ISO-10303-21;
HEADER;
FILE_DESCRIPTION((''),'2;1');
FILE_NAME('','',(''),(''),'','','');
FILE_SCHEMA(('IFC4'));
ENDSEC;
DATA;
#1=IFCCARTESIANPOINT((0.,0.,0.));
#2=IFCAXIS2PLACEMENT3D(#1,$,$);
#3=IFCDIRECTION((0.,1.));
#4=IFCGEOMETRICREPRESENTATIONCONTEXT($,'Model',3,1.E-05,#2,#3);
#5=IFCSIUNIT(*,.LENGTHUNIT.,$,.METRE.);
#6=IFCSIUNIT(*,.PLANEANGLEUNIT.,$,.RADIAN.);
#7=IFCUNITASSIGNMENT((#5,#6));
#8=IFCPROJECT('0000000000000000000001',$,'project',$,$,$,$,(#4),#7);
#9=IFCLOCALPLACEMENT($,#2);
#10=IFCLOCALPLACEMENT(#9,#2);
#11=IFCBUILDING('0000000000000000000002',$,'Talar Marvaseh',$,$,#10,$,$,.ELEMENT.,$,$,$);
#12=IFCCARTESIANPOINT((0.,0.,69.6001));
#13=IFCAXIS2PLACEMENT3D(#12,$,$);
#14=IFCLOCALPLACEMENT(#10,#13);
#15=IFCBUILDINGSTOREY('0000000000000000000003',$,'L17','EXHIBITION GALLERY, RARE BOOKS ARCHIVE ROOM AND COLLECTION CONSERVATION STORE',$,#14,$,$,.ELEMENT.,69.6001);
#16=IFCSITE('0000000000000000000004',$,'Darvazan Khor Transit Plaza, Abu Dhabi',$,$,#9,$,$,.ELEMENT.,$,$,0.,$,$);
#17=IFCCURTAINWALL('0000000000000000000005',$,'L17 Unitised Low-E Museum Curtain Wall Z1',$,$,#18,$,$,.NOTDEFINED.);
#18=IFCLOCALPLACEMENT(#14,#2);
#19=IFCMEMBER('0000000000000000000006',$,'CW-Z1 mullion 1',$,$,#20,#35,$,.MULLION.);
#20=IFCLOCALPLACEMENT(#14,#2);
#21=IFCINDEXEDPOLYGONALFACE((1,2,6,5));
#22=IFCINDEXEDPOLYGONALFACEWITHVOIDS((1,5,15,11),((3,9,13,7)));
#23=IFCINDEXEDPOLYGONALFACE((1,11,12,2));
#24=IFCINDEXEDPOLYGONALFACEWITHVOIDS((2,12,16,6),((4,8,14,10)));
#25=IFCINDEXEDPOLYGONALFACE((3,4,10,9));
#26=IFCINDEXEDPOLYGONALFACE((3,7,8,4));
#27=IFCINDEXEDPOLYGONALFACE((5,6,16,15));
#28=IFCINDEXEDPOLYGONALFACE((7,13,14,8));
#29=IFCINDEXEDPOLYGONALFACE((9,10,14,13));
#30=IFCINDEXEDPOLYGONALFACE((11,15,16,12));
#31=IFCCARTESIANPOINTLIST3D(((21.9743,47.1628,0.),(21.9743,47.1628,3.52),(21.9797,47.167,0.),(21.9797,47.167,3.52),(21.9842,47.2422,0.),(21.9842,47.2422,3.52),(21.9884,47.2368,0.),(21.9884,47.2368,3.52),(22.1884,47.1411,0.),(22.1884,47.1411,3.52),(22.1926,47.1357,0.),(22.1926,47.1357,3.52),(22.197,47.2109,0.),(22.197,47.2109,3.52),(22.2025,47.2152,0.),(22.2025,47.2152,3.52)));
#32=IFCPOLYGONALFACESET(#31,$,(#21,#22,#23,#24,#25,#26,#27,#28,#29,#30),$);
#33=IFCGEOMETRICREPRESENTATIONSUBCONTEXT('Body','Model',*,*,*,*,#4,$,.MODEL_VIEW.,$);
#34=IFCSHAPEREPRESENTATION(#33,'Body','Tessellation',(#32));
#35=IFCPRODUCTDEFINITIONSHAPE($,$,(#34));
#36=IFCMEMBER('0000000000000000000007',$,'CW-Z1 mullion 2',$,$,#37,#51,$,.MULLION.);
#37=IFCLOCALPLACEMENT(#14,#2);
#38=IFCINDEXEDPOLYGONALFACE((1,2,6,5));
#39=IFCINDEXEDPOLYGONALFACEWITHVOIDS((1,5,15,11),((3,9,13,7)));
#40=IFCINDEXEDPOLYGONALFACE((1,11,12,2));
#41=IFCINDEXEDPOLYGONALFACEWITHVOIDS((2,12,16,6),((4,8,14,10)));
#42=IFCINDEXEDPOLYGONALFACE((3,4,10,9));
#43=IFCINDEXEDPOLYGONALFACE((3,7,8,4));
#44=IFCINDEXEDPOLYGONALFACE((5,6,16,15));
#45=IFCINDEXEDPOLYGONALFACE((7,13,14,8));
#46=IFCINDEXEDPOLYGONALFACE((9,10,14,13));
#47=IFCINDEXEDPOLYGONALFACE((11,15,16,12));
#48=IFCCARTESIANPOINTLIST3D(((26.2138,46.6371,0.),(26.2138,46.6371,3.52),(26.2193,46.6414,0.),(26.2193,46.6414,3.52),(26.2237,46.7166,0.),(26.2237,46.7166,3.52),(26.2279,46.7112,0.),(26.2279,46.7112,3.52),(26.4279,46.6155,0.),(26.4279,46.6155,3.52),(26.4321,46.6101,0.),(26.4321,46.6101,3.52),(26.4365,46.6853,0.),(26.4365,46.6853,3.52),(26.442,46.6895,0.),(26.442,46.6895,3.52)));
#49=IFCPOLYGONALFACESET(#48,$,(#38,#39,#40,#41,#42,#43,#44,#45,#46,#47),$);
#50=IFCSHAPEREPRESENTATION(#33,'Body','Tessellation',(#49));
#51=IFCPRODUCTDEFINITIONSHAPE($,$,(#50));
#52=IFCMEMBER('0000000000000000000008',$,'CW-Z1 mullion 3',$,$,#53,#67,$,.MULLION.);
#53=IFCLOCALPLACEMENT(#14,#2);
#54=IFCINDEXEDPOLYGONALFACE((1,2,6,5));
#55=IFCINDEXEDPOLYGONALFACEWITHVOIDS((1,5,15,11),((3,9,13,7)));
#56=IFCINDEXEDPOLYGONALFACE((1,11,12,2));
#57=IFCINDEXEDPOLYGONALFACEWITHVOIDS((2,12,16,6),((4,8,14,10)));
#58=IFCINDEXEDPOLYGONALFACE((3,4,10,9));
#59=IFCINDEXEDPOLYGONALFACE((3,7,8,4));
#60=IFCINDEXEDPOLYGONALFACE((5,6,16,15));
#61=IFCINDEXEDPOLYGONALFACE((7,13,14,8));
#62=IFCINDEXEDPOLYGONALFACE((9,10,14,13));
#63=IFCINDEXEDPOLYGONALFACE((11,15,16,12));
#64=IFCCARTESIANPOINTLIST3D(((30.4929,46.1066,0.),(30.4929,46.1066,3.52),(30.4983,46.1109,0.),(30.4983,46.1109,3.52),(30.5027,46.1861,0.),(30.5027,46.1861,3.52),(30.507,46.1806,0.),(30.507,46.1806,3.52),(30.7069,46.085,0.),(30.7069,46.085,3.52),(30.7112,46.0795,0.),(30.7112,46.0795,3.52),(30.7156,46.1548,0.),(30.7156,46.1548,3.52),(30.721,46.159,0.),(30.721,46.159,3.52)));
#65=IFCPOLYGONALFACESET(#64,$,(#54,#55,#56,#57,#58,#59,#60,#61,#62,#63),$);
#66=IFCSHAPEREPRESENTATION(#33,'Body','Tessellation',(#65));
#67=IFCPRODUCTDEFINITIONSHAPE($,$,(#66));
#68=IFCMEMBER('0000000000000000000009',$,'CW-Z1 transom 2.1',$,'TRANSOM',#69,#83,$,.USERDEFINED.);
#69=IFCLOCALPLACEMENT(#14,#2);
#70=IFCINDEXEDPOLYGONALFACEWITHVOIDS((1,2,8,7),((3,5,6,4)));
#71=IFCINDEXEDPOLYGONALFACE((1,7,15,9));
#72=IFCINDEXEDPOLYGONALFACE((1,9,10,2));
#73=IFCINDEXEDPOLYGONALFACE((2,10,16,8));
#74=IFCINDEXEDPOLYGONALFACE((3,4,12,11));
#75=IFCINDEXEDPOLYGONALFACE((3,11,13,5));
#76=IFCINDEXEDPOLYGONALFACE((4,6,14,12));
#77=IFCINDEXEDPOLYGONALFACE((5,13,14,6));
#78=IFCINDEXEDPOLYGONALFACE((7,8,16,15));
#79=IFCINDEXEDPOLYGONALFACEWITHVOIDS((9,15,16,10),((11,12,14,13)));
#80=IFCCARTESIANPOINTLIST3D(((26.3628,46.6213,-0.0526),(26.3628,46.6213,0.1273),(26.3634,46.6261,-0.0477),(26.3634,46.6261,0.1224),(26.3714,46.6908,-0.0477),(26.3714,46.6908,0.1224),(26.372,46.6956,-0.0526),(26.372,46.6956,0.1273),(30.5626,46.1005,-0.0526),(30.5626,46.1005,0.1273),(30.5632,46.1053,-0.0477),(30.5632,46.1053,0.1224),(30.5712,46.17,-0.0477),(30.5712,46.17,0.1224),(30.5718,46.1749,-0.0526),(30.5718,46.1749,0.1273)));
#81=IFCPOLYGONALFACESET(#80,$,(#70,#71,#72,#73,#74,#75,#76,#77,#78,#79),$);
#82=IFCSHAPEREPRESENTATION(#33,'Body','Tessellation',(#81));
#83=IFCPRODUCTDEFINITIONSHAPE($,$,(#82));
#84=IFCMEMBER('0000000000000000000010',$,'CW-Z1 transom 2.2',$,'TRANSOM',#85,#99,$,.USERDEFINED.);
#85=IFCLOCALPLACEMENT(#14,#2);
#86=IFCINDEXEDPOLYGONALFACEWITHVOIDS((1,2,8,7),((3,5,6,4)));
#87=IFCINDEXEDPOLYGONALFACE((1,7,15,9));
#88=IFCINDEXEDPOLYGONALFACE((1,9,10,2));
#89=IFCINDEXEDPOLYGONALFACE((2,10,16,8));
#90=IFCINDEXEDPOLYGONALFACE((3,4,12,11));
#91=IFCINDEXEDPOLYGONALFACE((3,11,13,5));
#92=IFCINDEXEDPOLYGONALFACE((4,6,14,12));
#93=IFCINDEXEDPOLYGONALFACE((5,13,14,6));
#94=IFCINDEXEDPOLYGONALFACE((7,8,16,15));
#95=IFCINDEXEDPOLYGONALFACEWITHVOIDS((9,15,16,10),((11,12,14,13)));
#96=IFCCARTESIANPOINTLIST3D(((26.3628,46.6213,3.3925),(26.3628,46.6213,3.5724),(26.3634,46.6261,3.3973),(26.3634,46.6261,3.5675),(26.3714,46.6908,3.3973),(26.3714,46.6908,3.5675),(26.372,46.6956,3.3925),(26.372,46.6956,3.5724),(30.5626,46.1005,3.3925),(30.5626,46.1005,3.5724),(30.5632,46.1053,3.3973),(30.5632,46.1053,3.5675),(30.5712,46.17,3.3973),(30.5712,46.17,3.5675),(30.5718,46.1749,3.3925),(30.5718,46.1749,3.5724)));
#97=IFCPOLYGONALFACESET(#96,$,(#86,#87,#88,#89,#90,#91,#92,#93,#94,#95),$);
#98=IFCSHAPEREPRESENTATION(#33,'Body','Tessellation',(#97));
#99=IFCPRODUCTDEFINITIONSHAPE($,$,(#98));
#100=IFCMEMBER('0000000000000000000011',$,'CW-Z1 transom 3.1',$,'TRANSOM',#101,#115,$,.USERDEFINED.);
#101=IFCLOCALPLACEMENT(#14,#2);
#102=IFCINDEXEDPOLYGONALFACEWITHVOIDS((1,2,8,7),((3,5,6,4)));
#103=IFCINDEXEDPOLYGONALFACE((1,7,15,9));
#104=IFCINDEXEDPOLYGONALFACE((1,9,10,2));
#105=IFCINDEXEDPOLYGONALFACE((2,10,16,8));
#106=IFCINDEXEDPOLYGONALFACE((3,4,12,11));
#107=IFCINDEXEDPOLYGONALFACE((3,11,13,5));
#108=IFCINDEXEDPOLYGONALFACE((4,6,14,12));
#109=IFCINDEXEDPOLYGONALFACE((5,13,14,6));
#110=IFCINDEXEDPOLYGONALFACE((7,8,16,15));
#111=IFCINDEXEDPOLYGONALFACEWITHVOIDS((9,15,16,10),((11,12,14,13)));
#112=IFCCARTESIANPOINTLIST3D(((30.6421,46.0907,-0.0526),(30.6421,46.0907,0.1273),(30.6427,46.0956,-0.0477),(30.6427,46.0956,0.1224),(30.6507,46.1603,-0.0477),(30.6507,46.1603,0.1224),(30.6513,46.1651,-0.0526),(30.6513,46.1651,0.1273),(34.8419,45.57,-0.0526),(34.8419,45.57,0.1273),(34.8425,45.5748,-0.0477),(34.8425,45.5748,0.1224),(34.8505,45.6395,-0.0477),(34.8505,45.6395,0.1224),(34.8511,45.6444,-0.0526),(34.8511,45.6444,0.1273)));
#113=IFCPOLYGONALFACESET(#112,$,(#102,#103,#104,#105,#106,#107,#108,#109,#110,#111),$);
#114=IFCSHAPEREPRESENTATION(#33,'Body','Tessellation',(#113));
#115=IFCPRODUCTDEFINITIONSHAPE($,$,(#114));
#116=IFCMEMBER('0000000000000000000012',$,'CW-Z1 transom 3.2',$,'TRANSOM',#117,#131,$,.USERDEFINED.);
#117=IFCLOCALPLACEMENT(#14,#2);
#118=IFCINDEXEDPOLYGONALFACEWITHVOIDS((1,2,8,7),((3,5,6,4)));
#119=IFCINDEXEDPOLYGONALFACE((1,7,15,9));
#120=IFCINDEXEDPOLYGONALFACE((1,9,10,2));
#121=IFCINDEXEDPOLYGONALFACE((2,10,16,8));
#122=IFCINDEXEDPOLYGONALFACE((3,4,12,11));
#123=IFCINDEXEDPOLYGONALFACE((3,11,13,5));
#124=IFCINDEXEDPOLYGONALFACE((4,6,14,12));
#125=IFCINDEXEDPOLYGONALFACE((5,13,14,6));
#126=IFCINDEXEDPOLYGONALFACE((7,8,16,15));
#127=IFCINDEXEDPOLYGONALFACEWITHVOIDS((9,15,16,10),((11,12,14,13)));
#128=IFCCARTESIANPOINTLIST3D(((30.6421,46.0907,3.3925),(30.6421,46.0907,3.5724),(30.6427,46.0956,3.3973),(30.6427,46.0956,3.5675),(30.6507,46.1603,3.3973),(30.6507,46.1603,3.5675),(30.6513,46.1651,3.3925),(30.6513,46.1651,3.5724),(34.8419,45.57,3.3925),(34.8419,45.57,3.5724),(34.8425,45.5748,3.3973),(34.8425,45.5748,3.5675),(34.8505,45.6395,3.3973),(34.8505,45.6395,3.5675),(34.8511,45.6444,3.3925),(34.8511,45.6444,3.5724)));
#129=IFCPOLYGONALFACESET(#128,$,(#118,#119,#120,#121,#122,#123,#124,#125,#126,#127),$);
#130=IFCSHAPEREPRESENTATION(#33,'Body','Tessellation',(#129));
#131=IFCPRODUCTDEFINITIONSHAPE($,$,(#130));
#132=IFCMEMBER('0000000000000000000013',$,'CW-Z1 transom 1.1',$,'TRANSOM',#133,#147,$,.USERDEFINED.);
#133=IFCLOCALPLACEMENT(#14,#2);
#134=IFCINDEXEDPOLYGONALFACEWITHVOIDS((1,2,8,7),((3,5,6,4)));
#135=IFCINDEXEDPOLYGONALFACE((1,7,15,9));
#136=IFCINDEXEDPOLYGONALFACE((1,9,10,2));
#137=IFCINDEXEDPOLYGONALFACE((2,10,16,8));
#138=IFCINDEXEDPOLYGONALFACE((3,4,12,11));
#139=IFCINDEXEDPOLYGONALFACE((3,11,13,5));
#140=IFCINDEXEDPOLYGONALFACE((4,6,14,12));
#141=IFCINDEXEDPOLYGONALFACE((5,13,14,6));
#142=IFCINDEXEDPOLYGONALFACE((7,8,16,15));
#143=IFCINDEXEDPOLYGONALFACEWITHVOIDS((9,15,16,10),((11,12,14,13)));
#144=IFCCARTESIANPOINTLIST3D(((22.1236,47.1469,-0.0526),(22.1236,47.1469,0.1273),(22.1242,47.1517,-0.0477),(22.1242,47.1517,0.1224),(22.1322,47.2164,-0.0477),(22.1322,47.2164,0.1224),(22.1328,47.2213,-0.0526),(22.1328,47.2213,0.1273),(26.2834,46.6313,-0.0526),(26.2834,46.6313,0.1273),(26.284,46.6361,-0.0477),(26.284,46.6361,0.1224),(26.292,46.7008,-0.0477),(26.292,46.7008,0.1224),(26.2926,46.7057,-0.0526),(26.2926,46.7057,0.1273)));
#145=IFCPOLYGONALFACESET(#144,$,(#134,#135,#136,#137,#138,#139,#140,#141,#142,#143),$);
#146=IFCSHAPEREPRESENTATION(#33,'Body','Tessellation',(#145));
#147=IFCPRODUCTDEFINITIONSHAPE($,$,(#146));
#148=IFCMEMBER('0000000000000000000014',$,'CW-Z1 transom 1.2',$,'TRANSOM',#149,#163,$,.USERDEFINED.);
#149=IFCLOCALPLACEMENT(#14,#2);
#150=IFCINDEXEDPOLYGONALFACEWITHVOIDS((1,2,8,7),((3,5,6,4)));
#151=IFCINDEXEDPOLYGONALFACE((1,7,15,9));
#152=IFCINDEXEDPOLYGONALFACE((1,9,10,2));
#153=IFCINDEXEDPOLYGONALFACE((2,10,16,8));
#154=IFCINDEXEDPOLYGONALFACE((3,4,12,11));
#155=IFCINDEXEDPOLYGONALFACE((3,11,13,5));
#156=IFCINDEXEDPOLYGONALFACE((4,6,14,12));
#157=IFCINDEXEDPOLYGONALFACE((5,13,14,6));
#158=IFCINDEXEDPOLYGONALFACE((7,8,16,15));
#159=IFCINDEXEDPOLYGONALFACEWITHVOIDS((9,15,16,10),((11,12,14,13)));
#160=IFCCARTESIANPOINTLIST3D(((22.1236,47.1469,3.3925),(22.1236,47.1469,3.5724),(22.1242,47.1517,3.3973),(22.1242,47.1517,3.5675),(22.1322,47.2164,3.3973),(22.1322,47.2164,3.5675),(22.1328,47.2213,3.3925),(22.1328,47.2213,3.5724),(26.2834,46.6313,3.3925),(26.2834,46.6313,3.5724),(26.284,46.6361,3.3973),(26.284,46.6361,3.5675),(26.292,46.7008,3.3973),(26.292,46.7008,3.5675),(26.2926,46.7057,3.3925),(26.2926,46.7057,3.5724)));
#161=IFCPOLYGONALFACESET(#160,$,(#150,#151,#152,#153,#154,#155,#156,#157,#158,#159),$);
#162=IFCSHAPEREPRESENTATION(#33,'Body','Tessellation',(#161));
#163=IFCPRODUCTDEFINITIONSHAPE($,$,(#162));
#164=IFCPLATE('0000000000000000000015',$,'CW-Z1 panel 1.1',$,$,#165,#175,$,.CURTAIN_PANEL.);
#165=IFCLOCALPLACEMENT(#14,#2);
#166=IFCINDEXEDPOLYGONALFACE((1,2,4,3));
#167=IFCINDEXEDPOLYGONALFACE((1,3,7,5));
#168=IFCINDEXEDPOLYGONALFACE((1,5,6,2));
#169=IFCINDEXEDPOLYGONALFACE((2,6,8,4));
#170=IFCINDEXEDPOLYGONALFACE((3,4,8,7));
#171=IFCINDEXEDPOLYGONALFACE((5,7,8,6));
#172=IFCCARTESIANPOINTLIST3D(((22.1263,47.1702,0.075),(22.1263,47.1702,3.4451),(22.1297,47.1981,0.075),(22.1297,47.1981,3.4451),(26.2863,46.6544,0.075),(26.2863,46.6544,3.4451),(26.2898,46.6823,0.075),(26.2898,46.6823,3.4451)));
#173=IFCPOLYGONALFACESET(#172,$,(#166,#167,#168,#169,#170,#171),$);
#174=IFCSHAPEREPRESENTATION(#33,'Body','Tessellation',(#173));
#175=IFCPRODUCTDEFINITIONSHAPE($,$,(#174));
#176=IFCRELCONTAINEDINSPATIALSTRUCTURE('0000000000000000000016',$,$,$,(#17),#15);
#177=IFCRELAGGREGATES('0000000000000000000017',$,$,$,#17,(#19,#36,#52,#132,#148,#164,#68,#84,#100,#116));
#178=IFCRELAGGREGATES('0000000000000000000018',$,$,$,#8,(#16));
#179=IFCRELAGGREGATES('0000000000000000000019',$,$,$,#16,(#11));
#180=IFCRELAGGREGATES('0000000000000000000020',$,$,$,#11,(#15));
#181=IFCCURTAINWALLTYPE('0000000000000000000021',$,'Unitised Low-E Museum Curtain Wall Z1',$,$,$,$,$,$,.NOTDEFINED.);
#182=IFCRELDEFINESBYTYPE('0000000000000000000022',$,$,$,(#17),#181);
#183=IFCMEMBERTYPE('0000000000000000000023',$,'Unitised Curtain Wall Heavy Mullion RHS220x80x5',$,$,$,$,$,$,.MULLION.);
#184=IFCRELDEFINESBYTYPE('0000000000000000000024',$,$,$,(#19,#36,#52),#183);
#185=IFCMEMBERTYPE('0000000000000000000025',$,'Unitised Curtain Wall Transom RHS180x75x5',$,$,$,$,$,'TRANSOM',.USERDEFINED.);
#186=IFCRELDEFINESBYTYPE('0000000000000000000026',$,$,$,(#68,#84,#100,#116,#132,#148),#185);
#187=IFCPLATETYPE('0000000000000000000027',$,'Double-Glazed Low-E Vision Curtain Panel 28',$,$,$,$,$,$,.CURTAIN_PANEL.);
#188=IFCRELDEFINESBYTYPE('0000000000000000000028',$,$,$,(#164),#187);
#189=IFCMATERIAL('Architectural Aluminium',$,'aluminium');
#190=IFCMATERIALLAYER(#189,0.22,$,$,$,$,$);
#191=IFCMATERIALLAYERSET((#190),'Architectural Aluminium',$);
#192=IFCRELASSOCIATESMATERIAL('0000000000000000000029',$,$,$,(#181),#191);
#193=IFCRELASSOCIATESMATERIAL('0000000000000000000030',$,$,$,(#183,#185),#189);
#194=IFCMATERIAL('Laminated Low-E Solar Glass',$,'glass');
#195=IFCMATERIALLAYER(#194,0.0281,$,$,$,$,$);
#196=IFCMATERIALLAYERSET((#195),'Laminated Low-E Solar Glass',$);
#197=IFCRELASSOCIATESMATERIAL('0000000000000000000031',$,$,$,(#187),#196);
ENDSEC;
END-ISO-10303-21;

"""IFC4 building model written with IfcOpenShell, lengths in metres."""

from ifc_helpers import new_model, si_unit, direction, frame, origin, origin_2d, place, context, subcontext, project, spatial, rectangle, hollow_rectangle, extrude, source, transform, mapped, material, layer, layer_set, material_profile, profile_set, type_object, type_shapes, element, aggregate, save


model = new_model("IFC4")

# Units and contexts
model_context = context("Model", 3, precision=1e-05, world=origin(), true_north=direction((0.0, 1.0)))
body_context = subcontext(model_context, "Body", "Model", "MODEL_VIEW")
ifc_project = project(units=[si_unit("LENGTHUNIT", "METRE"), si_unit("PLANEANGLEUNIT", "RADIAN")], contexts=[model_context])

# Site, building, storey
site_placement = place(None, origin())
site = spatial("IfcSite", under=ifc_project, at=site_placement, Name="Darvazan Khor Transit Plaza, Abu Dhabi", CompositionType="ELEMENT", RefElevation=0.0)
building_placement = place(site_placement, origin())
building = spatial("IfcBuilding", under=site, at=building_placement, Name="Talar Marvaseh", CompositionType="ELEMENT")
storey_placement = place(building_placement, frame((0.0, 0.0, 69.6001)))
storey = spatial("IfcBuildingStorey", under=building, at=storey_placement, Name="L17", Description="EXHIBITION GALLERY, RARE BOOKS ARCHIVE ROOM AND COLLECTION CONSERVATION STORE", CompositionType="ELEMENT", Elevation=69.6001)

# Curtain wall, members, plate
ifc_material_1 = material(Name="Architectural Aluminium", Category="aluminium")
ifc_layer_1 = layer(ifc_material_1, 0.22)
ifc_layer_set_1 = layer_set([ifc_layer_1], Name="Architectural Aluminium")
curtain_wall_type = type_object("IfcCurtainWallType", Name="Unitised Low-E Museum Curtain Wall Z1", PredefinedType="NOTDEFINED", material=ifc_layer_set_1)
curtain_wall_placement = place(storey_placement, origin())
curtain_wall = element("IfcCurtainWall", 1, at=curtain_wall_placement, inside=storey, type_object=curtain_wall_type, Name="L17 Unitised Low-E Museum Curtain Wall Z1", PredefinedType="NOTDEFINED")
ifc_material_profile_1 = material_profile(ifc_material_1, hollow_rectangle(XDim=0.0801, YDim=0.22, WallThickness=0.0049, at=origin_2d()), Name="RHS220x80x5")
ifc_profile_set_1 = profile_set([ifc_material_profile_1], Name="Architectural Aluminium")
member_type_1 = type_object("IfcMemberType", Name="Unitised Curtain Wall Heavy Mullion RHS220x80x5", PredefinedType="MULLION", material=ifc_profile_set_1)
shared_shape_1 = source(origin(), body_context, "Body", "SweptSolid", [
    extrude(hollow_rectangle(XDim=0.0801, YDim=0.22, WallThickness=0.0049, at=origin_2d()), origin(), (0.0, 0.0, 1.0), 3.52),
])
type_shapes(member_type_1, [shared_shape_1])
member_1_placement = place(storey_placement, frame((22.0884, 47.189, 0.0), z_axis=(0.0, 0.0, 1.0), x_axis=(0.123049, 0.992401, 0.0)))
member_1 = element("IfcMember", 2, at=member_1_placement, type_object=member_type_1, Name="CW-Z1 mullion 1", PredefinedType="MULLION", context=body_context, shape_type="MappedRepresentation", body=[
    mapped(shared_shape_1, transform((0.0, 0.0, 0.0), x_axis=(1.0, 0.0, 0.0), y_axis=(0.0, 1.0, 0.0), z_axis=(0.0, 0.0, 1.0), scale=1.0)),
])
member_2_placement = place(storey_placement, frame((26.3279, 46.6633, 0.0), z_axis=(0.0, 0.0, 1.0), x_axis=(0.123049, 0.992401, 0.0)))
member_2 = element("IfcMember", 3, at=member_2_placement, type_object=member_type_1, Name="CW-Z1 mullion 2", PredefinedType="MULLION", context=body_context, shape_type="MappedRepresentation", body=[
    mapped(shared_shape_1, transform((0.0, 0.0, 0.0), x_axis=(1.0, 0.0, 0.0), y_axis=(0.0, 1.0, 0.0), z_axis=(0.0, 0.0, 1.0), scale=1.0)),
])
member_3_placement = place(storey_placement, frame((30.6069, 46.1328, 0.0), z_axis=(0.0, 0.0, 1.0), x_axis=(0.123049, 0.992401, 0.0)))
member_3 = element("IfcMember", 4, at=member_3_placement, type_object=member_type_1, Name="CW-Z1 mullion 3", PredefinedType="MULLION", context=body_context, shape_type="MappedRepresentation", body=[
    mapped(shared_shape_1, transform((0.0, 0.0, 0.0), x_axis=(1.0, 0.0, 0.0), y_axis=(0.0, 1.0, 0.0), z_axis=(0.0, 0.0, 1.0), scale=1.0)),
])
ifc_material_profile_2 = material_profile(ifc_material_1, hollow_rectangle(XDim=0.075, YDim=0.1799, WallThickness=0.0049, at=origin_2d()), Name="RHS180x75x5")
ifc_profile_set_2 = profile_set([ifc_material_profile_2], Name="Architectural Aluminium")
member_type_2 = type_object("IfcMemberType", Name="Unitised Curtain Wall Transom RHS180x75x5", ElementType="TRANSOM", PredefinedType="USERDEFINED", material=ifc_profile_set_2)
shared_shape_2 = source(origin(), body_context, "Body", "SweptSolid", [
    extrude(hollow_rectangle(XDim=0.075, YDim=0.1799, WallThickness=0.0049, at=origin_2d()), origin(), (0.0, 0.0, 1.0), 4.2319),
])
member_4_placement = place(storey_placement, frame((26.3674, 46.6584, 0.0374), z_axis=(0.9924, -0.123055, 0.0), x_axis=(0.123055, 0.9924, 0.0)))
member_4 = element("IfcMember", 5, at=member_4_placement, type_object=member_type_2, Name="CW-Z1 transom 2.1", ObjectType="TRANSOM", PredefinedType="USERDEFINED", context=body_context, shape_type="MappedRepresentation", body=[
    mapped(shared_shape_2, transform((0.0, 0.0, 0.0), x_axis=(1.0, 0.0, 0.0), y_axis=(0.0, 1.0, 0.0), z_axis=(0.0, 0.0, 1.0), scale=1.0)),
])
member_5_placement = place(storey_placement, frame((26.3674, 46.6584, 3.4824), z_axis=(0.9924, -0.123055, 0.0), x_axis=(0.123055, 0.9924, 0.0)))
member_5 = element("IfcMember", 6, at=member_5_placement, type_object=member_type_2, Name="CW-Z1 transom 2.2", ObjectType="TRANSOM", PredefinedType="USERDEFINED", context=body_context, shape_type="MappedRepresentation", body=[
    mapped(shared_shape_2, transform((0.0, 0.0, 0.0), x_axis=(1.0, 0.0, 0.0), y_axis=(0.0, 1.0, 0.0), z_axis=(0.0, 0.0, 1.0), scale=1.0)),
])
member_6_placement = place(storey_placement, frame((30.6467, 46.1279, 0.0374), z_axis=(0.9924, -0.123055, 0.0), x_axis=(0.123055, 0.9924, 0.0)))
member_6 = element("IfcMember", 7, at=member_6_placement, type_object=member_type_2, Name="CW-Z1 transom 3.1", ObjectType="TRANSOM", PredefinedType="USERDEFINED", context=body_context, shape_type="MappedRepresentation", body=[
    mapped(shared_shape_2, transform((0.0, 0.0, 0.0), x_axis=(1.0, 0.0, 0.0), y_axis=(0.0, 1.0, 0.0), z_axis=(0.0, 0.0, 1.0), scale=1.0)),
])
member_7_placement = place(storey_placement, frame((30.6467, 46.1279, 3.4824), z_axis=(0.9924, -0.123055, 0.0), x_axis=(0.123055, 0.9924, 0.0)))
member_7 = element("IfcMember", 8, at=member_7_placement, type_object=member_type_2, Name="CW-Z1 transom 3.2", ObjectType="TRANSOM", PredefinedType="USERDEFINED", context=body_context, shape_type="MappedRepresentation", body=[
    mapped(shared_shape_2, transform((0.0, 0.0, 0.0), x_axis=(1.0, 0.0, 0.0), y_axis=(0.0, 1.0, 0.0), z_axis=(0.0, 0.0, 1.0), scale=1.0)),
])
shared_shape_3 = source(origin(), body_context, "Body", "SweptSolid", [
    extrude(hollow_rectangle(XDim=0.075, YDim=0.1799, WallThickness=0.0049, at=origin_2d()), origin(), (0.0, 0.0, 1.0), 4.1917),
])
type_shapes(member_type_2, [shared_shape_2, shared_shape_3])
member_8_placement = place(storey_placement, frame((22.1282, 47.1841, 0.0374), z_axis=(0.992405, -0.12301, 0.0), x_axis=(0.12301, 0.992405, 0.0)))
member_8 = element("IfcMember", 9, at=member_8_placement, type_object=member_type_2, Name="CW-Z1 transom 1.1", ObjectType="TRANSOM", PredefinedType="USERDEFINED", context=body_context, shape_type="MappedRepresentation", body=[
    mapped(shared_shape_3, transform((0.0, 0.0, 0.0), x_axis=(1.0, 0.0, 0.0), y_axis=(0.0, 1.0, 0.0), z_axis=(0.0, 0.0, 1.0), scale=1.0)),
])
member_9_placement = place(storey_placement, frame((22.1282, 47.1841, 3.4824), z_axis=(0.992405, -0.12301, 0.0), x_axis=(0.12301, 0.992405, 0.0)))
member_9 = element("IfcMember", 10, at=member_9_placement, type_object=member_type_2, Name="CW-Z1 transom 1.2", ObjectType="TRANSOM", PredefinedType="USERDEFINED", context=body_context, shape_type="MappedRepresentation", body=[
    mapped(shared_shape_3, transform((0.0, 0.0, 0.0), x_axis=(1.0, 0.0, 0.0), y_axis=(0.0, 1.0, 0.0), z_axis=(0.0, 0.0, 1.0), scale=1.0)),
])
ifc_material_2 = material(Name="Laminated Low-E Solar Glass", Category="glass")
ifc_layer_2 = layer(ifc_material_2, 0.0281)
ifc_layer_set_2 = layer_set([ifc_layer_2], Name="Laminated Low-E Solar Glass")
plate_type = type_object("IfcPlateType", Name="Double-Glazed Low-E Vision Curtain Panel 28", PredefinedType="CURTAIN_PANEL", material=ifc_layer_set_2)
shared_shape_4 = source(origin(), body_context, "Body", "SweptSolid", [
    extrude(rectangle(XDim=4.1919, YDim=0.0281, at=origin_2d()), origin(), (0.0, 0.0, 1.0), 3.3701),
])
plate_1_placement = place(storey_placement, frame((24.208, 46.9263, 0.075), z_axis=(0.0, 0.0, 1.0), x_axis=(0.992401, -0.123049, 0.0)))
plate_1 = element("IfcPlate", 11, at=plate_1_placement, type_object=plate_type, Name="CW-Z1 panel 1.1", PredefinedType="CURTAIN_PANEL", context=body_context, shape_type="MappedRepresentation", body=[
    mapped(shared_shape_4, transform((0.0, 0.0, 0.0), x_axis=(1.0, 0.0, 0.0), y_axis=(0.0, 1.0, 0.0), z_axis=(0.0, 0.0, 1.0), scale=1.0)),
])
aggregate(curtain_wall, [member_1, member_2, member_3, member_8, member_9, plate_1, member_4, member_5, member_6, member_7])

save(model, "model.ifc")
